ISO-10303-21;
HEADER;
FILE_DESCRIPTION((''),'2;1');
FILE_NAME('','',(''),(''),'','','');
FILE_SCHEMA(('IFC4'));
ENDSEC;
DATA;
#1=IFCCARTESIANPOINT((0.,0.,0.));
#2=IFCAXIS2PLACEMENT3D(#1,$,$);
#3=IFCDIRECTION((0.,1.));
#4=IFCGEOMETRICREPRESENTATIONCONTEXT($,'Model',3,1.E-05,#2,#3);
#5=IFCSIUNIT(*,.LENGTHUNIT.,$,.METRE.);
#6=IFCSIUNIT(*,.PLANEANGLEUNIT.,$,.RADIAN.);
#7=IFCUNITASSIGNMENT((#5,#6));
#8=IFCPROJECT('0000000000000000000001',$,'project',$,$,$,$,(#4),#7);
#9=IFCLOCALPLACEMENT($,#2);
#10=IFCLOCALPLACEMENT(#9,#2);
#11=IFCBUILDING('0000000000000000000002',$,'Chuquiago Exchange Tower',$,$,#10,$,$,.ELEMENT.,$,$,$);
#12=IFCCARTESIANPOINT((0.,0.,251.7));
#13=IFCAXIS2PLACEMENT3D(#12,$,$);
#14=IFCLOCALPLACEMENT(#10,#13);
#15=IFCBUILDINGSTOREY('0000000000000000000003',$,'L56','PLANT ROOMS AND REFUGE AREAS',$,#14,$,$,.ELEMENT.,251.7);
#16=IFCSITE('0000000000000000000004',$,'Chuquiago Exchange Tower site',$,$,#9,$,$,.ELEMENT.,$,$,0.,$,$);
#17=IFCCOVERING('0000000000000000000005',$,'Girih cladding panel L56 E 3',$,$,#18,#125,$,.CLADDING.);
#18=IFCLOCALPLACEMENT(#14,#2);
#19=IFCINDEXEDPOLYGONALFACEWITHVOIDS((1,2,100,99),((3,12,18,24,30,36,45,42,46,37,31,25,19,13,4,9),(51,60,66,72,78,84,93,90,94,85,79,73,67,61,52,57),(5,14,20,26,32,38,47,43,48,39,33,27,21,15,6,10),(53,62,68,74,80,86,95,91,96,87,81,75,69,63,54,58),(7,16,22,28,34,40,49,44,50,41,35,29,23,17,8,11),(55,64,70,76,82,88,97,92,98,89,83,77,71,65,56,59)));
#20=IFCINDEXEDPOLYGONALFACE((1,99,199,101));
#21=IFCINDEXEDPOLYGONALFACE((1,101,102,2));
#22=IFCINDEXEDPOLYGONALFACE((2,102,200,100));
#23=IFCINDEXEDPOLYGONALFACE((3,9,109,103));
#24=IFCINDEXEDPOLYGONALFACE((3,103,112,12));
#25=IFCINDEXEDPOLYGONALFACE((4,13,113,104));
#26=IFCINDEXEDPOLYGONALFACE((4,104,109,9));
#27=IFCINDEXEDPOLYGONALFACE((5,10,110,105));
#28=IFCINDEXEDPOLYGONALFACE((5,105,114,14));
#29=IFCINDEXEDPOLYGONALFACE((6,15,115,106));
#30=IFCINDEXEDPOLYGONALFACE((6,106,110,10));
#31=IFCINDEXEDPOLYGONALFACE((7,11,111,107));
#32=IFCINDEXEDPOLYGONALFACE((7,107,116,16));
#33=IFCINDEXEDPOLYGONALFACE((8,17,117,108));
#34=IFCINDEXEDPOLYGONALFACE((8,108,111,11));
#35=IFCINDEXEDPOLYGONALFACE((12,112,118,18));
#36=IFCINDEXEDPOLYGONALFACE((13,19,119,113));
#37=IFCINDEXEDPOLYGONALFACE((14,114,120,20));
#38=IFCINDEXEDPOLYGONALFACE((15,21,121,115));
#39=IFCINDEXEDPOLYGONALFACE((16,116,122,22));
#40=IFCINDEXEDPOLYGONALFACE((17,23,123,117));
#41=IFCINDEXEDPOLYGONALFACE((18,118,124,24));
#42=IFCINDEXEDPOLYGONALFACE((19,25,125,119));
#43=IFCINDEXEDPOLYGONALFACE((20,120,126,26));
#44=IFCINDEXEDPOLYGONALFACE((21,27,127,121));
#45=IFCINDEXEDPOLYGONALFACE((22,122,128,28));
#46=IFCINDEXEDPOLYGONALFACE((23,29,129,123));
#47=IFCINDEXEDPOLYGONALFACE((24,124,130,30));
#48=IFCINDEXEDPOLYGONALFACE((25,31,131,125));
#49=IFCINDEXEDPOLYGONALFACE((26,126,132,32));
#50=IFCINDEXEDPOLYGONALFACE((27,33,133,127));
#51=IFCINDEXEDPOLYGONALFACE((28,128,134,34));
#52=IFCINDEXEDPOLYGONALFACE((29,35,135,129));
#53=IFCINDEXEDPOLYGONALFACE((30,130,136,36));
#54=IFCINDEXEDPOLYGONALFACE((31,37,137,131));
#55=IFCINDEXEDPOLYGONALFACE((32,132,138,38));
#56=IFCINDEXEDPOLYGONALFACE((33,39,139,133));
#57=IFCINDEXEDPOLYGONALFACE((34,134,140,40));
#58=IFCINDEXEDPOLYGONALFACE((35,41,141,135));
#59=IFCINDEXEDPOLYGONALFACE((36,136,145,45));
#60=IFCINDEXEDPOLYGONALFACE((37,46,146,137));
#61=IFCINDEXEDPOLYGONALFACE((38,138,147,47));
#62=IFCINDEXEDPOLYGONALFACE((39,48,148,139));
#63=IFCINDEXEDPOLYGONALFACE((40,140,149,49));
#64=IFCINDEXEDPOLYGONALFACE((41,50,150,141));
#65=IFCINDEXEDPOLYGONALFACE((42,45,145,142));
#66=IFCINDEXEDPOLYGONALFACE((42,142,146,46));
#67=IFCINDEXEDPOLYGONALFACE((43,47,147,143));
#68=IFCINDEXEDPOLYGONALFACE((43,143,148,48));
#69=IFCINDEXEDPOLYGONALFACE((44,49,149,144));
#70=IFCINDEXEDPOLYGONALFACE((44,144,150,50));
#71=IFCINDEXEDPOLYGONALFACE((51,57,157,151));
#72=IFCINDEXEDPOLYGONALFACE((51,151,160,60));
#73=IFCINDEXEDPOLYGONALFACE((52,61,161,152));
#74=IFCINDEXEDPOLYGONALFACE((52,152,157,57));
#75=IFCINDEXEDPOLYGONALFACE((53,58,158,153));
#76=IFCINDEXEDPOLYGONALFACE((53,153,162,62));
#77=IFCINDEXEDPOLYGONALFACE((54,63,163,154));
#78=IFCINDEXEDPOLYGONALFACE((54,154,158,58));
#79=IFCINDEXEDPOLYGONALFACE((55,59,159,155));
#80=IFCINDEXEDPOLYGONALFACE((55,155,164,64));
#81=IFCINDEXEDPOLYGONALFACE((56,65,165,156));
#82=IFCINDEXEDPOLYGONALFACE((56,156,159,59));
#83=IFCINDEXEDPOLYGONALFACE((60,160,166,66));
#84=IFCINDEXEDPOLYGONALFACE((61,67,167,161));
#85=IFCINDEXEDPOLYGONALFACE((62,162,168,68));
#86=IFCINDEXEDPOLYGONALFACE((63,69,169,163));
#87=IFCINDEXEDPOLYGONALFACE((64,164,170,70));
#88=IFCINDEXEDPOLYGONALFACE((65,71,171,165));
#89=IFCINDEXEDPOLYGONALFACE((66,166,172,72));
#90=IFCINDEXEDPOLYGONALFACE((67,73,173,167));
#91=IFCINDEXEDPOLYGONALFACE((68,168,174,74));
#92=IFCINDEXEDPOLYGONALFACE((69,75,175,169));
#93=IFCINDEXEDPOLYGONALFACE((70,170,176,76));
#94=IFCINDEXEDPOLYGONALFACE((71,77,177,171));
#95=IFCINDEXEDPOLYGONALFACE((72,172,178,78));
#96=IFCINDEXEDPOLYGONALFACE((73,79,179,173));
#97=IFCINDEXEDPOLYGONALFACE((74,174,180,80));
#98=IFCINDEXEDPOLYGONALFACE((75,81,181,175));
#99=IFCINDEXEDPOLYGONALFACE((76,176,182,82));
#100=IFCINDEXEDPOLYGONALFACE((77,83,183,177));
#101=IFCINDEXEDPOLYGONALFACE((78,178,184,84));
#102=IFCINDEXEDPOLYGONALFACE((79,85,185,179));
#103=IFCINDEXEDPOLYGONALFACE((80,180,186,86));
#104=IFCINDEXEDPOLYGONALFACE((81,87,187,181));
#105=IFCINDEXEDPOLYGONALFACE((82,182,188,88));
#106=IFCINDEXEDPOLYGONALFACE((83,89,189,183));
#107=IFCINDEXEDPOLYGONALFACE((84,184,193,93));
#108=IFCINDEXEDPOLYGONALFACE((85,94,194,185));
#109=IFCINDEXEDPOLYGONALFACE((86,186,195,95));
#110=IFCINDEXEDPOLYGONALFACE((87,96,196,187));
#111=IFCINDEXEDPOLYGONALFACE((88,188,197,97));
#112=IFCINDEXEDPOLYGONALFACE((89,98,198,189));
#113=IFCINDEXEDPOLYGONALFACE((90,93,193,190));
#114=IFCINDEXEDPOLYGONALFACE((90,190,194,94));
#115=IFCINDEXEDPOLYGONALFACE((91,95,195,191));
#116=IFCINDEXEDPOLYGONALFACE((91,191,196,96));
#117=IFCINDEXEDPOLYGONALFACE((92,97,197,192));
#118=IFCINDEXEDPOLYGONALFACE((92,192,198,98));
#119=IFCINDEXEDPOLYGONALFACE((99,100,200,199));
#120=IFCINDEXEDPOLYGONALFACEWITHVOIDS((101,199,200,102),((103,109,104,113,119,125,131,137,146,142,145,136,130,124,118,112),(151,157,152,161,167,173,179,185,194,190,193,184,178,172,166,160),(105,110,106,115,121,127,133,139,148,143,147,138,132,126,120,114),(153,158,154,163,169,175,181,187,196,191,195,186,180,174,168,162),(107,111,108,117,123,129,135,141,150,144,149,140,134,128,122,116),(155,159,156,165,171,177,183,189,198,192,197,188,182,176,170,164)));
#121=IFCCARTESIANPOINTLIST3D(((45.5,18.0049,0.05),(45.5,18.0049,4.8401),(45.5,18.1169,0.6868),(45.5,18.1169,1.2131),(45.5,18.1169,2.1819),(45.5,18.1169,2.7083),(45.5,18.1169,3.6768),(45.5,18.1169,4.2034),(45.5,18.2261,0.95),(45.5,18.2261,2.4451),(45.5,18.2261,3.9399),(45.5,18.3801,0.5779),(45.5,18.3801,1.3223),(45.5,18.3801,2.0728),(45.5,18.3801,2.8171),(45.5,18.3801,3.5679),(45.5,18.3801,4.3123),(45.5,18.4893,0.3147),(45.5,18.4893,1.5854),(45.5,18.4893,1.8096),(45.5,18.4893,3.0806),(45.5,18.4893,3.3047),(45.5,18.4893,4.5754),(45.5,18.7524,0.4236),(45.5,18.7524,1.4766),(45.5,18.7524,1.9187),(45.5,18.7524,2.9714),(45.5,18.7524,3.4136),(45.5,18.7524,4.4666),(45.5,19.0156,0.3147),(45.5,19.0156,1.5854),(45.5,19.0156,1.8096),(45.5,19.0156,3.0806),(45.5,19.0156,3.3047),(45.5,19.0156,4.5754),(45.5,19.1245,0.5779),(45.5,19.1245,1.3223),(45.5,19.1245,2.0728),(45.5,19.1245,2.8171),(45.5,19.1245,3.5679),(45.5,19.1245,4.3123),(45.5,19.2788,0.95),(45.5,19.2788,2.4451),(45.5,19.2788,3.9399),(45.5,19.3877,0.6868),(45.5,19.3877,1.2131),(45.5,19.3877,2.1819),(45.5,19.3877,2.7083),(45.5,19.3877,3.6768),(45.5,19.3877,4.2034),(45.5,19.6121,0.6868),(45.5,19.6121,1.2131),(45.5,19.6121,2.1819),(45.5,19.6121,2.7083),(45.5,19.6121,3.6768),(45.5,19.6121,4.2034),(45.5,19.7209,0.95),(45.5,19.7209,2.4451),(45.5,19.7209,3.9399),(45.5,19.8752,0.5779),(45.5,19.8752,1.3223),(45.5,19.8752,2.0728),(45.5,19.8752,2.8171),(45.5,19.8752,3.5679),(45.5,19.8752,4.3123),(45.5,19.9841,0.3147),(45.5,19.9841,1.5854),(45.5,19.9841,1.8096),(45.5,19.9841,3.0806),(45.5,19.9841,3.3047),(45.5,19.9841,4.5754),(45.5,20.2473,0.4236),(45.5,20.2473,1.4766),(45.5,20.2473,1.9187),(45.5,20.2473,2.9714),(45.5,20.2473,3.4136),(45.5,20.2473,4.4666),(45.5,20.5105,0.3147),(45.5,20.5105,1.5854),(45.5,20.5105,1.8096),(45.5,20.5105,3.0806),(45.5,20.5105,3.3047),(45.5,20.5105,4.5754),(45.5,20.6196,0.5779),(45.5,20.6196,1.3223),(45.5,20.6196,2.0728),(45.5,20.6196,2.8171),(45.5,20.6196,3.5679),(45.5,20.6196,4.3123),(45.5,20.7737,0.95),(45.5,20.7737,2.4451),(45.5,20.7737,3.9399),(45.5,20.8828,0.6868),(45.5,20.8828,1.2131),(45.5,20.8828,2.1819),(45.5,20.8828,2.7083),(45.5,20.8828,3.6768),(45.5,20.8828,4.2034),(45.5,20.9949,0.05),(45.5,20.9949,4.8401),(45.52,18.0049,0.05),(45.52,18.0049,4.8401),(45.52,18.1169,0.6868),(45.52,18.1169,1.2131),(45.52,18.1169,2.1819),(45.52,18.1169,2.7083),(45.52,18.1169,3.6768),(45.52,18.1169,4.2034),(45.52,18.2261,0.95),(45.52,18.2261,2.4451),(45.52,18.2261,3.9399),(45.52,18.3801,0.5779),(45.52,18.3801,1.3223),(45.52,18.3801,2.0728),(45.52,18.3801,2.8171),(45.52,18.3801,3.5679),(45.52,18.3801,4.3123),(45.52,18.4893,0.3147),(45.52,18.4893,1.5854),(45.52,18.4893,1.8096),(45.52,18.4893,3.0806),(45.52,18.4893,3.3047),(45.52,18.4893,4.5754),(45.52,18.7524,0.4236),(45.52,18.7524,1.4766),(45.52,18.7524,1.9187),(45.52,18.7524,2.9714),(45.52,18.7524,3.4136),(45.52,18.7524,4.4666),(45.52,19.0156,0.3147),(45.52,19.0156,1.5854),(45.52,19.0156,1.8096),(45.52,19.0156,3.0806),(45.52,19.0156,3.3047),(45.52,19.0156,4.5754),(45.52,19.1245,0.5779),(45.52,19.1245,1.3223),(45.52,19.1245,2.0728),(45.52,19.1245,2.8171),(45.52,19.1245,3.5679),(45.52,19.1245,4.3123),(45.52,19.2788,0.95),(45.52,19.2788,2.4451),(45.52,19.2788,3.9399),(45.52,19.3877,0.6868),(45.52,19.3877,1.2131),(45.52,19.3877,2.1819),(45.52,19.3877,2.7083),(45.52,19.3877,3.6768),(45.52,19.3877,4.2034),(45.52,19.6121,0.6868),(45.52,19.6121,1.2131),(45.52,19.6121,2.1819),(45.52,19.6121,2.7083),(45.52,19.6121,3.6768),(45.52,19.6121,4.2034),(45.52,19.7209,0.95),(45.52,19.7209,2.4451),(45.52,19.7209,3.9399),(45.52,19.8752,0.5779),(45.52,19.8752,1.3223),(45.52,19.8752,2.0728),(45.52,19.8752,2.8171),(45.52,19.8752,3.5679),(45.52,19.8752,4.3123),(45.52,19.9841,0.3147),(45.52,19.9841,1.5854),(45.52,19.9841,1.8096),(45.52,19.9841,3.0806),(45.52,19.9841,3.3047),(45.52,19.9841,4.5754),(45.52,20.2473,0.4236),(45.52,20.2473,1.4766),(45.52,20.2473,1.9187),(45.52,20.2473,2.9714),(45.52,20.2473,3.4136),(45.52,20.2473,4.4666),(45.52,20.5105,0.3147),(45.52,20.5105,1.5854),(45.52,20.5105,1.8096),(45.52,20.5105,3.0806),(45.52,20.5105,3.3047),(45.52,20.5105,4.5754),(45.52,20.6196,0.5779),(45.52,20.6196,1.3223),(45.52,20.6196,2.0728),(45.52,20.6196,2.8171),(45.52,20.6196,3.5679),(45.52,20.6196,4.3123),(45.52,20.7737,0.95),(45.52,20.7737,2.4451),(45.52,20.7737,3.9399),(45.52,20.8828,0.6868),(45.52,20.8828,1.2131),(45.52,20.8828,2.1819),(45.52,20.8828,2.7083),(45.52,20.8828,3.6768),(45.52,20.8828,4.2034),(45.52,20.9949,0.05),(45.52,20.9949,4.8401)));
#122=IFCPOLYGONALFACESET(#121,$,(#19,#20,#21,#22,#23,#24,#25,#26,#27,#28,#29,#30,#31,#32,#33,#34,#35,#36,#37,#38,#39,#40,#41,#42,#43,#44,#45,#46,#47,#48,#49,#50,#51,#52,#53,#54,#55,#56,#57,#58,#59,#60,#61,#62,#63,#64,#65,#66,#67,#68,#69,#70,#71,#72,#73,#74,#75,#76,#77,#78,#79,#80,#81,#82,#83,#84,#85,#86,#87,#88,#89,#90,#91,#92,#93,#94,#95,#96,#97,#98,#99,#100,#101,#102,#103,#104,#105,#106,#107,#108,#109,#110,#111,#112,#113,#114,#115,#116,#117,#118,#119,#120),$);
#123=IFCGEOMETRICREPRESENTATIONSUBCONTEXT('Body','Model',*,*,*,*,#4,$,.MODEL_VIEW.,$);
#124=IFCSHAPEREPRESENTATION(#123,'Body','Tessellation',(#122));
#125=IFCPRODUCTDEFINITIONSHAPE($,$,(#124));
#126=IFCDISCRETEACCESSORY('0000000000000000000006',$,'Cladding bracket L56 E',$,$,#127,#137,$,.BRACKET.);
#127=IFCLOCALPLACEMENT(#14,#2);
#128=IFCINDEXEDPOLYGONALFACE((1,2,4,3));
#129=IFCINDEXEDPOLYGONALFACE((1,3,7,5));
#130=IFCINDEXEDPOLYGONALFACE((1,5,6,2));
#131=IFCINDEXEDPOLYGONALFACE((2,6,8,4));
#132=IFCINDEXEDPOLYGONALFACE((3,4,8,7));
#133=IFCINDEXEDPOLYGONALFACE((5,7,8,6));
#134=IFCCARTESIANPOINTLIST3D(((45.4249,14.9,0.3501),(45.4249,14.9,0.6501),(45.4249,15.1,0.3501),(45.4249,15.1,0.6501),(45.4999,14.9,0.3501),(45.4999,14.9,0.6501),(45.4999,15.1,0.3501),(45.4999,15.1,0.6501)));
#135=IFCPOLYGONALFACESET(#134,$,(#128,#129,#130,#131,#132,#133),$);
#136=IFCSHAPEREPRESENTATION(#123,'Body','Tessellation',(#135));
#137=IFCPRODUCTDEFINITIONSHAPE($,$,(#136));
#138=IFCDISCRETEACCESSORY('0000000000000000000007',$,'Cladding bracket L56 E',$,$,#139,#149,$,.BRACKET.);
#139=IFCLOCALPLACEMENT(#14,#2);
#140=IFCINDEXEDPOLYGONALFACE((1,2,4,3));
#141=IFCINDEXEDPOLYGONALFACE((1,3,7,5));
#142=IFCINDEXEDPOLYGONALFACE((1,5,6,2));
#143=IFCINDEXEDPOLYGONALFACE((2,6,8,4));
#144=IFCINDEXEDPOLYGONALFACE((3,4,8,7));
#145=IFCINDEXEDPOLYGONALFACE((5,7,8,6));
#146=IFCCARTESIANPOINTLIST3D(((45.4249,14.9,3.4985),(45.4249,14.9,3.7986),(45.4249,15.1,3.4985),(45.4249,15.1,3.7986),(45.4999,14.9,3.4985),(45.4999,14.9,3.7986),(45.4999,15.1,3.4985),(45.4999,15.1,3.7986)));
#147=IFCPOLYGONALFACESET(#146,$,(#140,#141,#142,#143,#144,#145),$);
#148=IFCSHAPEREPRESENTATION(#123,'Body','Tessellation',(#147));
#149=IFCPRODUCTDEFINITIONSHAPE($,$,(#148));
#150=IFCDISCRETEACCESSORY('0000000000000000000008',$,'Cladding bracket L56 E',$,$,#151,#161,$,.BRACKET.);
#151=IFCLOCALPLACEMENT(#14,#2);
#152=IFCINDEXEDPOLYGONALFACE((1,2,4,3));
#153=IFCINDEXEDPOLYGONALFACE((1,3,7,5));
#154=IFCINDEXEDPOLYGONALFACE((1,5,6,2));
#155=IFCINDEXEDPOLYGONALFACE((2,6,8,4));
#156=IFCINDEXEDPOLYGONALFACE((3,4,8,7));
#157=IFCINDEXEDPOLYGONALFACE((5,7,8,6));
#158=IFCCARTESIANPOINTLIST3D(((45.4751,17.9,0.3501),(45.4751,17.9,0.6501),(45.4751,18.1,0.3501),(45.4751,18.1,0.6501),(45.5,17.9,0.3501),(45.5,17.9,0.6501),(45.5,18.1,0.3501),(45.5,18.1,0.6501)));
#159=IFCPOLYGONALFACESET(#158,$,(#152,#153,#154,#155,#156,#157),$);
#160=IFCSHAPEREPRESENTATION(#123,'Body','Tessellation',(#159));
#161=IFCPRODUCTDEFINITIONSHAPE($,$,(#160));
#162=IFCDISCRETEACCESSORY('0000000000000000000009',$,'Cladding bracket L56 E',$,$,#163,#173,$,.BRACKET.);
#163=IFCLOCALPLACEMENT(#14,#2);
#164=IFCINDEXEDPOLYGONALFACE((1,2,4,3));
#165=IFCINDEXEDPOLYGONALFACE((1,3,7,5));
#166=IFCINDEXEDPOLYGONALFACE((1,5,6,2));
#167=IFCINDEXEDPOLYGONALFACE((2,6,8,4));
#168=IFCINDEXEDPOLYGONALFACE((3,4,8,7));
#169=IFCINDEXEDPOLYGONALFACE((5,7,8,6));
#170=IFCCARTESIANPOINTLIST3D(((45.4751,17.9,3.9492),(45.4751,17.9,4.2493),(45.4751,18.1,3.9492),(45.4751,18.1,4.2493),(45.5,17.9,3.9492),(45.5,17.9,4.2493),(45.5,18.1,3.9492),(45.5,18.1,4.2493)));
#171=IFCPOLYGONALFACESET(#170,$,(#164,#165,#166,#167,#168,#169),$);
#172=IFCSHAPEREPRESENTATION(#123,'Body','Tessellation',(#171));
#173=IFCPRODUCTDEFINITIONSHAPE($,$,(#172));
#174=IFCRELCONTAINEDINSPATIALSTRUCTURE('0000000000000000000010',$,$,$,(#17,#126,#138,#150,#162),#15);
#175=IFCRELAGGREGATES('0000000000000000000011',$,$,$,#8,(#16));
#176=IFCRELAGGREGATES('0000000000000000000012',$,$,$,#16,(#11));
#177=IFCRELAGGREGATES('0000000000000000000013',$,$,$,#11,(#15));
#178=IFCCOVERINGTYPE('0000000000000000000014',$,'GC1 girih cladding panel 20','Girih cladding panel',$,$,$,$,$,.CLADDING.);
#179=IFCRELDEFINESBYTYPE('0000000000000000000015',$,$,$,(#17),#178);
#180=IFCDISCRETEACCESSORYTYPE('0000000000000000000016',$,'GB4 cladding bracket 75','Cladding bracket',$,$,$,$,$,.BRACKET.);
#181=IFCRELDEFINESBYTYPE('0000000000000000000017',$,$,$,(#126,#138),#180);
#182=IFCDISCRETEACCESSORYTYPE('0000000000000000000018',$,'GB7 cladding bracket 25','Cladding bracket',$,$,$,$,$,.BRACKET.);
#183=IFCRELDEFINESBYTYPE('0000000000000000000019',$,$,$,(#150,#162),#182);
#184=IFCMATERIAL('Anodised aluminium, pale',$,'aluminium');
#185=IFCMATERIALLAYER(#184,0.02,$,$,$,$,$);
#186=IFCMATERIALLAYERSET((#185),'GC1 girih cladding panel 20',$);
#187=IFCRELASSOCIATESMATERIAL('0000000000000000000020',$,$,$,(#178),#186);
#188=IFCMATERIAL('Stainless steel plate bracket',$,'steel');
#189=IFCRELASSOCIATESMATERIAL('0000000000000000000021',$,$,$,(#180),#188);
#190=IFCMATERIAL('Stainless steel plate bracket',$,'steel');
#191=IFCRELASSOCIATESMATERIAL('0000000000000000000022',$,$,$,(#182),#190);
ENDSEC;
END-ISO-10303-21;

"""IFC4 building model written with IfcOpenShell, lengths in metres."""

from ifc_helpers import new_model, si_unit, direction, frame, origin, origin_2d, place, context, subcontext, project, spatial, polyline, rectangle, outline, extrude, material, layer, layer_set, type_object, element, save


model = new_model("IFC4")

# Units and contexts
model_context = context("Model", 3, precision=1e-05, world=origin(), true_north=direction((0.0, 1.0)))
body_context = subcontext(model_context, "Body", "Model", "MODEL_VIEW")
ifc_project = project(units=[si_unit("LENGTHUNIT", "METRE"), si_unit("PLANEANGLEUNIT", "RADIAN")], contexts=[model_context])

# Site, building, storey
site_placement = place(None, origin())
site = spatial("IfcSite", under=ifc_project, at=site_placement, Name="Chuquiago Exchange Tower site", CompositionType="ELEMENT", RefElevation=0.0)
building_placement = place(site_placement, origin())
building = spatial("IfcBuilding", under=site, at=building_placement, Name="Chuquiago Exchange Tower", CompositionType="ELEMENT")
storey_placement = place(building_placement, frame((0.0, 0.0, 251.7)))
storey = spatial("IfcBuildingStorey", under=building, at=storey_placement, Name="L56", Description="PLANT ROOMS AND REFUGE AREAS", CompositionType="ELEMENT", Elevation=251.7)

# Covering
ifc_material_1 = material(Name="Anodised aluminium, pale", Category="aluminium")
ifc_layer_1 = layer(ifc_material_1, 0.02)
ifc_layer_set_1 = layer_set([ifc_layer_1], Name="GC1 girih cladding panel 20")
covering_type = type_object("IfcCoveringType", Name="GC1 girih cladding panel 20", Description="Girih cladding panel", PredefinedType="CLADDING", material=ifc_layer_set_1)
covering_1_placement = place(storey_placement, frame((45.5, 18.0049, 0.05), z_axis=(0.0, 0.0, 1.0), x_axis=(0.0, 1.0, 0.0)))
element("IfcCovering", 1, at=covering_1_placement, inside=storey, type_object=covering_type, Name="Girih cladding panel L56 E 3", PredefinedType="CLADDING", context=body_context, shape_type="SweptSolid", body=[
    extrude(outline(polyline([(0.0, 0.0), (2.99, 0.0), (2.99, 4.79), (0.0, 4.79), (0.0, 0.0)]), holes=[polyline([(1.2739, 0.8999), (1.3828, 1.1631), (1.1196, 1.2722), (1.0107, 1.5354), (0.7476, 1.4265), (0.4844, 1.5354), (0.3752, 1.2722), (0.1121, 1.1631), (0.2212, 0.8999), (0.1121, 0.6367), (0.3752, 0.5278), (0.4844, 0.2646), (0.7476, 0.3735), (1.0107, 0.2646), (1.1196, 0.5278), (1.3828, 0.6367), (1.2739, 0.8999)]), polyline([(2.7688, 0.8999), (2.8779, 1.1631), (2.6147, 1.2722), (2.5056, 1.5354), (2.2424, 1.4265), (1.9792, 1.5354), (1.8704, 1.2722), (1.6072, 1.1631), (1.7161, 0.8999), (1.6072, 0.6367), (1.8704, 0.5278), (1.9792, 0.2646), (2.2424, 0.3735), (2.5056, 0.2646), (2.6147, 0.5278), (2.8779, 0.6367), (2.7688, 0.8999)]), polyline([(1.2739, 2.395), (1.3828, 2.6582), (1.1196, 2.7671), (1.0107, 3.0305), (0.7476, 2.9214), (0.4844, 3.0305), (0.3752, 2.7671), (0.1121, 2.6582), (0.2212, 2.395), (0.1121, 2.1318), (0.3752, 2.0227), (0.4844, 1.7595), (0.7476, 1.8687), (1.0107, 1.7595), (1.1196, 2.0227), (1.3828, 2.1318), (1.2739, 2.395)]), polyline([(2.7688, 2.395), (2.8779, 2.6582), (2.6147, 2.7671), (2.5056, 3.0305), (2.2424, 2.9214), (1.9792, 3.0305), (1.8704, 2.7671), (1.6072, 2.6582), (1.7161, 2.395), (1.6072, 2.1318), (1.8704, 2.0227), (1.9792, 1.7595), (2.2424, 1.8687), (2.5056, 1.7595), (2.6147, 2.0227), (2.8779, 2.1318), (2.7688, 2.395)]), polyline([(1.2739, 3.8899), (1.3828, 4.1533), (1.1196, 4.2622), (1.0107, 4.5254), (0.7476, 4.4165), (0.4844, 4.5254), (0.3752, 4.2622), (0.1121, 4.1533), (0.2212, 3.8899), (0.1121, 3.6267), (0.3752, 3.5178), (0.4844, 3.2546), (0.7476, 3.3635), (1.0107, 3.2546), (1.1196, 3.5178), (1.3828, 3.6267), (1.2739, 3.8899)]), polyline([(2.7688, 3.8899), (2.8779, 4.1533), (2.6147, 4.2622), (2.5056, 4.5254), (2.2424, 4.4165), (1.9792, 4.5254), (1.8704, 4.2622), (1.6072, 4.1533), (1.7161, 3.8899), (1.6072, 3.6267), (1.8704, 3.5178), (1.9792, 3.2546), (2.2424, 3.3635), (2.5056, 3.2546), (2.6147, 3.5178), (2.8779, 3.6267), (2.7688, 3.8899)])]), frame((0.0, 0.0, 0.0), z_axis=(0.0, -1.0, 0.0), x_axis=(1.0, 0.0, 0.0)), (0.0, 0.0, 1.0), 0.02),
])

# Discrete accessories
ifc_material_2 = material(Name="Stainless steel plate bracket", Category="steel")
discrete_accessory_type_1 = type_object("IfcDiscreteAccessoryType", Name="GB4 cladding bracket 75", Description="Cladding bracket", PredefinedType="BRACKET", material=ifc_material_2)
for number, where, z_axis, x_axis, name in (
    (2, (45.4624, 15.0, 0.3501), (0.0, 0.0, 1.0), (0.0, 1.0, 0.0), "Cladding bracket L56 E"),
    (3, (45.4624, 15.0, 3.4985), (0.0, 0.0, 1.0), (0.0, 1.0, 0.0), "Cladding bracket L56 E"),
):
    element("IfcDiscreteAccessory", number, at=place(storey_placement, frame(where, z_axis=z_axis, x_axis=x_axis)), inside=storey, type_object=discrete_accessory_type_1, Name=name, PredefinedType="BRACKET", context=body_context, shape_type="SweptSolid", body=[
        extrude(rectangle(XDim=0.2, YDim=0.075, at=origin_2d()), origin(), (0.0, 0.0, 1.0), 0.3),
    ])
ifc_material_3 = material(Name="Stainless steel plate bracket", Category="steel")
discrete_accessory_type_2 = type_object("IfcDiscreteAccessoryType", Name="GB7 cladding bracket 25", Description="Cladding bracket", PredefinedType="BRACKET", material=ifc_material_3)
for number, where, z_axis, x_axis, name in (
    (4, (45.4875, 18.0, 0.3501), (0.0, 0.0, 1.0), (0.0, 1.0, 0.0), "Cladding bracket L56 E"),
    (5, (45.4875, 18.0, 3.9492), (0.0, 0.0, 1.0), (0.0, 1.0, 0.0), "Cladding bracket L56 E"),
):
    element("IfcDiscreteAccessory", number, at=place(storey_placement, frame(where, z_axis=z_axis, x_axis=x_axis)), inside=storey, type_object=discrete_accessory_type_2, Name=name, PredefinedType="BRACKET", context=body_context, shape_type="SweptSolid", body=[
        extrude(rectangle(XDim=0.2, YDim=0.0249, at=origin_2d()), origin(), (0.0, 0.0, 1.0), 0.3),
    ])

save(model, "model.ifc")
